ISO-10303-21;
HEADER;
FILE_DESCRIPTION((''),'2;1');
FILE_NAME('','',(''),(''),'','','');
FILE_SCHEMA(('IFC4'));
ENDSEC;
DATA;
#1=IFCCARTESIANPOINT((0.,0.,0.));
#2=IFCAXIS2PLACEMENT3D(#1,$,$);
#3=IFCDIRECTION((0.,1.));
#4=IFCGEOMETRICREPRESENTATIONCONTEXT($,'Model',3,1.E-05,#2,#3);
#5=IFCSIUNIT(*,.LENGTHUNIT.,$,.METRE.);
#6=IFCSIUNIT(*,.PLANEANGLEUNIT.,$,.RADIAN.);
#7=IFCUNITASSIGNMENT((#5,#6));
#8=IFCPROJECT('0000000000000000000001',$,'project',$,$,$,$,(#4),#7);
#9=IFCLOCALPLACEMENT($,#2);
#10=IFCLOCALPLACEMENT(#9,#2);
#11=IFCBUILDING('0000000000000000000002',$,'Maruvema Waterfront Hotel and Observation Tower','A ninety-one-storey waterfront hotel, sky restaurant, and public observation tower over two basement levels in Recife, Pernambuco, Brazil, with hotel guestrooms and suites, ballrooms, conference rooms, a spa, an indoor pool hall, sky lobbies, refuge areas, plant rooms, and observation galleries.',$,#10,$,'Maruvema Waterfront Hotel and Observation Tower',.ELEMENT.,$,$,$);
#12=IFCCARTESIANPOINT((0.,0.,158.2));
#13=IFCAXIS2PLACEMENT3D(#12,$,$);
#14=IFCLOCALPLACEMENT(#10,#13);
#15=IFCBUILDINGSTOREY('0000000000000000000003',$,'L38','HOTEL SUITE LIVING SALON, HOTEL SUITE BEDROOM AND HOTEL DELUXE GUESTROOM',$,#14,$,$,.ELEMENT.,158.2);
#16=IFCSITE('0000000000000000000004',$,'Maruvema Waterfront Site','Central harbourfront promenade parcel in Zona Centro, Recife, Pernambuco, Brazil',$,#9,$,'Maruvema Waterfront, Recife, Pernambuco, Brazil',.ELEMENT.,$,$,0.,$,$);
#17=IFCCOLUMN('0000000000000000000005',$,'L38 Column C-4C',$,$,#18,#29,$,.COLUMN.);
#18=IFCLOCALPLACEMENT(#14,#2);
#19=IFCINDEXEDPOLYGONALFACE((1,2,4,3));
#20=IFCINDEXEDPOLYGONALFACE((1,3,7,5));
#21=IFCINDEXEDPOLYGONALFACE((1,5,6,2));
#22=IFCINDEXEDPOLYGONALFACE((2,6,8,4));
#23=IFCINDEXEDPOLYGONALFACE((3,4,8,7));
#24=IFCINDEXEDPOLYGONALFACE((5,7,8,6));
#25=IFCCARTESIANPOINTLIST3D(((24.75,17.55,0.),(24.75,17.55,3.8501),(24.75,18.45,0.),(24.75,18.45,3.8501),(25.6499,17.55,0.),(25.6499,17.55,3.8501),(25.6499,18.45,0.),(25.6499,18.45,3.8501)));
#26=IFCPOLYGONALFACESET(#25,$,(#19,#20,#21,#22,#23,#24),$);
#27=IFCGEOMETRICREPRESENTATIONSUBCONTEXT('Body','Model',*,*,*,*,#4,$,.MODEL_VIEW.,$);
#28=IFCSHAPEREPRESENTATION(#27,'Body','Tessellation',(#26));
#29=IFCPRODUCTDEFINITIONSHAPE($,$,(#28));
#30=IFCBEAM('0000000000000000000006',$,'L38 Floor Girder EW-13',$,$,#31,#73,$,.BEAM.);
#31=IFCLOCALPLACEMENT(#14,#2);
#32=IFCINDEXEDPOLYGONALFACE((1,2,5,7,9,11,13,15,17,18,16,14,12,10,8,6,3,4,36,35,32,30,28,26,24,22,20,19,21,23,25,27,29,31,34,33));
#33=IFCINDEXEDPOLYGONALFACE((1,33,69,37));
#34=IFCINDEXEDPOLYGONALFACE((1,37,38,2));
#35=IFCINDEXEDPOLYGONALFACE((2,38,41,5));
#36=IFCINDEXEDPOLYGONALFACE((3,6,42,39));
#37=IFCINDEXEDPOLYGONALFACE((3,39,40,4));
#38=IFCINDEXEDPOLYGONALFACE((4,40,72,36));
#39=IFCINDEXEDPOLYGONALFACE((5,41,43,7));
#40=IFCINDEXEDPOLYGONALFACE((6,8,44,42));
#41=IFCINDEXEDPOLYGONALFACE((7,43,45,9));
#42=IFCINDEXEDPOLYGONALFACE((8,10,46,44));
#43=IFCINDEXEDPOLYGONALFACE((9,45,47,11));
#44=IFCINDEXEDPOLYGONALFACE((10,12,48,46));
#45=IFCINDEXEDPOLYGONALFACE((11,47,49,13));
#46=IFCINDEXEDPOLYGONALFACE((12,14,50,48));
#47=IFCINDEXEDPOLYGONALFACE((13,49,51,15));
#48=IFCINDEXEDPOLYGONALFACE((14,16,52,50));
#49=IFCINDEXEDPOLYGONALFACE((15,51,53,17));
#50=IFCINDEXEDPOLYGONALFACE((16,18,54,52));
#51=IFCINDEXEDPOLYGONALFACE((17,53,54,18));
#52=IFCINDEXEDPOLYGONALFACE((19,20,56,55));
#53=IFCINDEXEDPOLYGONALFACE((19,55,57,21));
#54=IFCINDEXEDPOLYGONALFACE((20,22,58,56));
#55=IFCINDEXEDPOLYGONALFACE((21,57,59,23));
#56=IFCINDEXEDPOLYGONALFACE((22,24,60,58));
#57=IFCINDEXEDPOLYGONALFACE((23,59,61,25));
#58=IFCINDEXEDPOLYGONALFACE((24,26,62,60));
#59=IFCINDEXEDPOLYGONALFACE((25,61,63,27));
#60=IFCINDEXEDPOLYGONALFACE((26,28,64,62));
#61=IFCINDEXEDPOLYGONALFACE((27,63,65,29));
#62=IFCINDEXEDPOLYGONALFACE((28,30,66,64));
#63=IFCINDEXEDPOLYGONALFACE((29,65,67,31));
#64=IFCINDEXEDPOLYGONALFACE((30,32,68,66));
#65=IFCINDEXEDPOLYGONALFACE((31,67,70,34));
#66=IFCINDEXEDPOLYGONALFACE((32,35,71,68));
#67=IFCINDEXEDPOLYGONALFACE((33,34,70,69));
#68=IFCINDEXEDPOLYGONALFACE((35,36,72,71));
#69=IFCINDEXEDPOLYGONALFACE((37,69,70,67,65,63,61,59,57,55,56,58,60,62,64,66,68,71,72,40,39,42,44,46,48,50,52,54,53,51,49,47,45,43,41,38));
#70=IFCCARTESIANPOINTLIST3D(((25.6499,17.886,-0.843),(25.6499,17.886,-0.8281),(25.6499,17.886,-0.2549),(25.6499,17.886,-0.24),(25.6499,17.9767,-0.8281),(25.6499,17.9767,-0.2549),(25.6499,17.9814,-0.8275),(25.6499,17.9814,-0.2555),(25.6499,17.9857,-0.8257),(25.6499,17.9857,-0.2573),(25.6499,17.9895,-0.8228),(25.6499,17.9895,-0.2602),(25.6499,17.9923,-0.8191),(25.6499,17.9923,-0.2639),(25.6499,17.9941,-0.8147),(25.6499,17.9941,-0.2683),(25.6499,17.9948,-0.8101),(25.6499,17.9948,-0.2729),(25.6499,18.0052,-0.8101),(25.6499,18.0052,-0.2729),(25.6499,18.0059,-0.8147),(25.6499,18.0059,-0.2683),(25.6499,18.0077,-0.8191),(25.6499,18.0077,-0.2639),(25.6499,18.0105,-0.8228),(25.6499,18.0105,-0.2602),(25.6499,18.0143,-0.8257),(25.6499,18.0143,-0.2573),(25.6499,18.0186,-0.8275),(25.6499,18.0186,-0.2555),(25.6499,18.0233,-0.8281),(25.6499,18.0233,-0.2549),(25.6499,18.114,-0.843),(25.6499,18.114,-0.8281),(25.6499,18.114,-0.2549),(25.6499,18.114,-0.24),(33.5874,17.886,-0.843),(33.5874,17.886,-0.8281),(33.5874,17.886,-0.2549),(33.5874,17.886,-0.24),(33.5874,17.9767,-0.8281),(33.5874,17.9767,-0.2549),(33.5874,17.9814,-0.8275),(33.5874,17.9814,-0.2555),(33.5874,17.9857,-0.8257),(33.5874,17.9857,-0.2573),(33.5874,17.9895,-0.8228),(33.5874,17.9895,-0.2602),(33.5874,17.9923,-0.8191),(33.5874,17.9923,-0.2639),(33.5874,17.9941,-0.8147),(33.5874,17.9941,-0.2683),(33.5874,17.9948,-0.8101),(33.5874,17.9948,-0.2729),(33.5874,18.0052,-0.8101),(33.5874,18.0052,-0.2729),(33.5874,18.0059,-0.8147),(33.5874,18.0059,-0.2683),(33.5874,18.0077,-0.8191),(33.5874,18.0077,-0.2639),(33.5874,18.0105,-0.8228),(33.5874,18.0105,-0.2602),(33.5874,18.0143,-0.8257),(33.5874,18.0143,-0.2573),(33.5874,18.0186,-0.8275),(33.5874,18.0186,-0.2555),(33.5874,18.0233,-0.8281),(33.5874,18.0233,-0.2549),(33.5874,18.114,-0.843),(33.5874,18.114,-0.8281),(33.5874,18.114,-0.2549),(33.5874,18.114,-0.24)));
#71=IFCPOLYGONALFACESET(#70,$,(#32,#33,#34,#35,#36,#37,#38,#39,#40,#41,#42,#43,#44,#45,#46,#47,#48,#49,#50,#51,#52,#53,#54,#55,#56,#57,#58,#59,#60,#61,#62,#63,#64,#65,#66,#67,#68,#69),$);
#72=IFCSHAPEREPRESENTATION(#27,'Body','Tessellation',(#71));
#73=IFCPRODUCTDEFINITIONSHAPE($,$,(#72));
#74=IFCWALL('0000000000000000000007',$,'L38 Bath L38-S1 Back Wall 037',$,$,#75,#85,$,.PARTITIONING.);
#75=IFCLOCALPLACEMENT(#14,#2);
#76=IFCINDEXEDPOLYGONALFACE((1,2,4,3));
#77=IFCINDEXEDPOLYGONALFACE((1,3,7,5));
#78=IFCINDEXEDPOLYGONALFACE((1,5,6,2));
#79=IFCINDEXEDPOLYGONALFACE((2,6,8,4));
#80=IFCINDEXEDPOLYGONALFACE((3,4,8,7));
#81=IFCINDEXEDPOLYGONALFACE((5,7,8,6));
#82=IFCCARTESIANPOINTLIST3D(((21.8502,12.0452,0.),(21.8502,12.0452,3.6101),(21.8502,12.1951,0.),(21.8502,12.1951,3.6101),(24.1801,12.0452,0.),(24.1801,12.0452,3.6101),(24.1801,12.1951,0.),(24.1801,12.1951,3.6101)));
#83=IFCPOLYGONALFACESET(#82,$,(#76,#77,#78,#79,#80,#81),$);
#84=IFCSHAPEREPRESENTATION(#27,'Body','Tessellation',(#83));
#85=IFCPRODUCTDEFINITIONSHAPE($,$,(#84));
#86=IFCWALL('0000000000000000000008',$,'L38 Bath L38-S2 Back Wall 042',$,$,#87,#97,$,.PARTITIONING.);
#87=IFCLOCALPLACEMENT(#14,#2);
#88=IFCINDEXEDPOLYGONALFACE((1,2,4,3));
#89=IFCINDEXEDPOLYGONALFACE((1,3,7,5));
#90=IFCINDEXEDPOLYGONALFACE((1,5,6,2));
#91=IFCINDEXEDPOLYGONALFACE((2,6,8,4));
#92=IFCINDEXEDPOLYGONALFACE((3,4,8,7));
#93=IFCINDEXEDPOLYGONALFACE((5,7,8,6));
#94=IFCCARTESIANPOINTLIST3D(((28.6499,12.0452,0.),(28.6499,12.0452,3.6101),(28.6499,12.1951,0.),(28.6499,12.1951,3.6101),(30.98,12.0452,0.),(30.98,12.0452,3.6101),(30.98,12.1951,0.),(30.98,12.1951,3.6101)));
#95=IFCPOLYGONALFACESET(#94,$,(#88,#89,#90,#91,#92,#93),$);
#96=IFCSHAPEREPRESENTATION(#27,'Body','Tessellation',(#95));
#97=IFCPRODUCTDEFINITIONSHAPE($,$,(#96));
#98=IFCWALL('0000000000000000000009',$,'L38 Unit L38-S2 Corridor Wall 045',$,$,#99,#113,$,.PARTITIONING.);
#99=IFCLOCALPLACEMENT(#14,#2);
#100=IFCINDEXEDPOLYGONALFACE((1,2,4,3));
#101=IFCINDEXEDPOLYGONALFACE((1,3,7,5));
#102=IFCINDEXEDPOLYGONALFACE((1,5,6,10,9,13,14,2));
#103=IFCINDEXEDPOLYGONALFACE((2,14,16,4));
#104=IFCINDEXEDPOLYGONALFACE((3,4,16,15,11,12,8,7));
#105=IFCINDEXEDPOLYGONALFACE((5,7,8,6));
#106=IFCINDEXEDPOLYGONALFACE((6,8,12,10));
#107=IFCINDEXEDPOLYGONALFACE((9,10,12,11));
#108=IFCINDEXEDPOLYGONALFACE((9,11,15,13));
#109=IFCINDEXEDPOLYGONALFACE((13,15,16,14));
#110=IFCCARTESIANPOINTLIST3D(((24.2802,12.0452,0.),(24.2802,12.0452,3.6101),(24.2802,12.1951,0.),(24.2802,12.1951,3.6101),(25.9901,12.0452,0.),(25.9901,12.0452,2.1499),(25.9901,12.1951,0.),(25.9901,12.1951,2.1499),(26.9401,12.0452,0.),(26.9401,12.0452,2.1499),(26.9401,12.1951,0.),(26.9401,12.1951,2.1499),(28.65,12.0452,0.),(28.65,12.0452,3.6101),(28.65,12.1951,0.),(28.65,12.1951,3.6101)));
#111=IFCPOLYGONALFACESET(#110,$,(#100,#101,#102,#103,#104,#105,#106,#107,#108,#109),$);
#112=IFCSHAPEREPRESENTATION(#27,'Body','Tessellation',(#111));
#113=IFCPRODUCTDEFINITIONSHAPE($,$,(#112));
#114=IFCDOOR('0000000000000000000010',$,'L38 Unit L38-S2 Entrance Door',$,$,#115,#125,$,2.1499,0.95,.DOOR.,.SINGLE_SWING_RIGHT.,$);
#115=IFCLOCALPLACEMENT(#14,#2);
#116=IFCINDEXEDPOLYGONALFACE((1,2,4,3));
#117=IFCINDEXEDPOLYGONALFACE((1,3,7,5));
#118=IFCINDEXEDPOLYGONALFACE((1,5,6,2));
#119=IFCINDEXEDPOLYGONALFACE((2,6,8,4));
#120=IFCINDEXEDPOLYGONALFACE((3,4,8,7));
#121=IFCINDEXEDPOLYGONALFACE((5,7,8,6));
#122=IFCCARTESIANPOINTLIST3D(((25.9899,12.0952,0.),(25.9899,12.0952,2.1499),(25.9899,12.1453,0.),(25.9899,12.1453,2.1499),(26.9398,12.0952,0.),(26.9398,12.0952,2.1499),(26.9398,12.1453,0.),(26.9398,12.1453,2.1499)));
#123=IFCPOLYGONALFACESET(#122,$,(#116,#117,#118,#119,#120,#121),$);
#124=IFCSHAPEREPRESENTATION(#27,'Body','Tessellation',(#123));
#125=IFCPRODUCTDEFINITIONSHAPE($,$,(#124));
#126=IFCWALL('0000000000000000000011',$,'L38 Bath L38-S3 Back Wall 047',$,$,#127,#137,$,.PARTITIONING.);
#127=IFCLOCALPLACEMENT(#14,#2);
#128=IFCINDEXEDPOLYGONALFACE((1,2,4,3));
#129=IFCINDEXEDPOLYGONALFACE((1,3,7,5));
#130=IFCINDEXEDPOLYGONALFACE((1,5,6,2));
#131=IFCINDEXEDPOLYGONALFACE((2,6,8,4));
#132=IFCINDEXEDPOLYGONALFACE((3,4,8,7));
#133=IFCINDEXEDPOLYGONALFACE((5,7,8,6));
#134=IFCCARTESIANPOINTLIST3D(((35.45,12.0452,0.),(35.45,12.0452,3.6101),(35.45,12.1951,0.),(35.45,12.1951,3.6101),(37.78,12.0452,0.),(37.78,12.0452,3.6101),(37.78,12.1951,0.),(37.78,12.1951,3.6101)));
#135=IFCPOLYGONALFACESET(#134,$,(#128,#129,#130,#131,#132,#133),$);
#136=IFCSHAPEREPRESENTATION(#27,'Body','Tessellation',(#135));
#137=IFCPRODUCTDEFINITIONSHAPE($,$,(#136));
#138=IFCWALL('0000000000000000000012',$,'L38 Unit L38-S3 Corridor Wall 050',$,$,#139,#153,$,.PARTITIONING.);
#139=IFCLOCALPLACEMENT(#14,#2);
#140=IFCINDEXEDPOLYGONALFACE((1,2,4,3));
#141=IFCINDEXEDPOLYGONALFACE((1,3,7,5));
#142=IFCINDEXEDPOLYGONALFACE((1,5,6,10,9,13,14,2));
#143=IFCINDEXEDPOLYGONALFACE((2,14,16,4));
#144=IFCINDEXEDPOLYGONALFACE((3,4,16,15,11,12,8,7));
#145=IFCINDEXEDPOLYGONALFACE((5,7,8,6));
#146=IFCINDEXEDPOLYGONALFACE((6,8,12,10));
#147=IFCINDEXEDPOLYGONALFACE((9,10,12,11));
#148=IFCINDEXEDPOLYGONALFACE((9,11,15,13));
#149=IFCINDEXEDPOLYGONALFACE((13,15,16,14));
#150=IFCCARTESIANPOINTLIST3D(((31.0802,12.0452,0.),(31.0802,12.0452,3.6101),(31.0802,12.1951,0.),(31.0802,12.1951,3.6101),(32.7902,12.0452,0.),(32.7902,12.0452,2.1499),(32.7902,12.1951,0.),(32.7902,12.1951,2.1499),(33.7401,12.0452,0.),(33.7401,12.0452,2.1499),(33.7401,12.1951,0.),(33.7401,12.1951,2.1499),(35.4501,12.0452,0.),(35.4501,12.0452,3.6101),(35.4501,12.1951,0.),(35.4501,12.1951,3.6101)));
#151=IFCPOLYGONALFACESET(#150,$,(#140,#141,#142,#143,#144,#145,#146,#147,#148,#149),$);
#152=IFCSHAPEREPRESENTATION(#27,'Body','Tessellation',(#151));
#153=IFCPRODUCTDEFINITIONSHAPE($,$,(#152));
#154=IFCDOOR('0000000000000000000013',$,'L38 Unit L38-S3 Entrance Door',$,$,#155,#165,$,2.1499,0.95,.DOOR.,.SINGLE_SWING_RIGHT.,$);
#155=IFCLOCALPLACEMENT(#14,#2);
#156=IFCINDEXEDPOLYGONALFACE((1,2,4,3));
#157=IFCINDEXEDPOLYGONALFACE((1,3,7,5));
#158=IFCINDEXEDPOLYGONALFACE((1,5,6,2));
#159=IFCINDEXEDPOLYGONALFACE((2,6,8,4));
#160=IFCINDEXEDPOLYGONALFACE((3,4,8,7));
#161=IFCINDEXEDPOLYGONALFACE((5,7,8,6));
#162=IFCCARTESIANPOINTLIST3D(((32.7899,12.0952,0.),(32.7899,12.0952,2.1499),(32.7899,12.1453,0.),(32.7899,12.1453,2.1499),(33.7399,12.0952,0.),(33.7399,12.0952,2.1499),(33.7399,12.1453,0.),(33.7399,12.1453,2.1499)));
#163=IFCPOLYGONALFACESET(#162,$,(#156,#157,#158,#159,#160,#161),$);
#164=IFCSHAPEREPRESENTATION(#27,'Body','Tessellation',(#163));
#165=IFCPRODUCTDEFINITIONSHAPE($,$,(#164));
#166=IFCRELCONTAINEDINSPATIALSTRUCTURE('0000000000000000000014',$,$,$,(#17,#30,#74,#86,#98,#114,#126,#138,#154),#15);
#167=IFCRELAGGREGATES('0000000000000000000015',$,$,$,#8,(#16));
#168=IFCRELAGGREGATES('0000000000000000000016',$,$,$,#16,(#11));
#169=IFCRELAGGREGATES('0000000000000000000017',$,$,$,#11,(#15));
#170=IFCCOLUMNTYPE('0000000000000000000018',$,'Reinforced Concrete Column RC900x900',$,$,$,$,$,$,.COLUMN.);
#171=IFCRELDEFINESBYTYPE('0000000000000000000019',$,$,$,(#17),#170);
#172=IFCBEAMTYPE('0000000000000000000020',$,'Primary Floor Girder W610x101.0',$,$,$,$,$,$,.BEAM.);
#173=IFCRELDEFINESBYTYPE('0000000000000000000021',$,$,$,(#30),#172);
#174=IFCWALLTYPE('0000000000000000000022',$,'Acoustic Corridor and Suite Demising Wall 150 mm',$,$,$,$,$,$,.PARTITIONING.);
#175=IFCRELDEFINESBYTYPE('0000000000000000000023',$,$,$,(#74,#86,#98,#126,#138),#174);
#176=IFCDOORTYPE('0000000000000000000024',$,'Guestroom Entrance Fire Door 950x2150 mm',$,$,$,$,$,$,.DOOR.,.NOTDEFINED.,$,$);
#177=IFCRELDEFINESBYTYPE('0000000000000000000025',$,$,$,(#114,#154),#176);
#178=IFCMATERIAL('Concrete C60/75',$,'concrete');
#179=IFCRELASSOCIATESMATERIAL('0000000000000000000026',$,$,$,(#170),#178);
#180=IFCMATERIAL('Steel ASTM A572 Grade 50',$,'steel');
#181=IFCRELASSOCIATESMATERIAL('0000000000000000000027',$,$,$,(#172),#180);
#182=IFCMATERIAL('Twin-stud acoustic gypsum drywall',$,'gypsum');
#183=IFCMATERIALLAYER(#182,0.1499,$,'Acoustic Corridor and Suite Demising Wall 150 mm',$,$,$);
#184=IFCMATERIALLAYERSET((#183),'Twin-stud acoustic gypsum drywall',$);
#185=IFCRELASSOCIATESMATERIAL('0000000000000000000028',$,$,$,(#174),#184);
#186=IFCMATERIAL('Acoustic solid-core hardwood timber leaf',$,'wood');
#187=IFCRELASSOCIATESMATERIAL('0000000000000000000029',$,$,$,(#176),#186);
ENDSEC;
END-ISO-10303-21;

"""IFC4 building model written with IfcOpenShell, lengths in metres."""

from ifc_helpers import new_model, si_unit, direction, frame, frame_2d, origin, origin_2d, place, context, subcontext, project, spatial, rectangle, i_section, extrude, material, layer, layer_set, material_profile, profile_set, type_object, element, fill, save


model = new_model("IFC4")

# Units and contexts
model_context = context("Model", 3, precision=1e-05, world=origin(), true_north=direction((0.0, 1.0)))
body_context = subcontext(model_context, "Body", "Model", "MODEL_VIEW")
ifc_project = project(units=[si_unit("LENGTHUNIT", "METRE"), si_unit("PLANEANGLEUNIT", "RADIAN")], contexts=[model_context])

# Site, building, storey
site_placement = place(None, origin())
site = spatial("IfcSite", under=ifc_project, at=site_placement, Name="Maruvema Waterfront Site", Description="Central harbourfront promenade parcel in Zona Centro, Recife, Pernambuco, Brazil", LongName="Maruvema Waterfront, Recife, Pernambuco, Brazil", CompositionType="ELEMENT", RefElevation=0.0)
building_placement = place(site_placement, origin())
building = spatial("IfcBuilding", under=site, at=building_placement, Name="Maruvema Waterfront Hotel and Observation Tower", Description="A ninety-one-storey waterfront hotel, sky restaurant, and public observation tower over two basement levels in Recife, Pernambuco, Brazil, with hotel guestrooms and suites, ballrooms, conference rooms, a spa, an indoor pool hall, sky lobbies, refuge areas, plant rooms, and observation galleries.", LongName="Maruvema Waterfront Hotel and Observation Tower", CompositionType="ELEMENT")
storey_placement = place(building_placement, frame((0.0, 0.0, 158.2)))
storey = spatial("IfcBuildingStorey", under=building, at=storey_placement, Name="L38", Description="HOTEL SUITE LIVING SALON, HOTEL SUITE BEDROOM AND HOTEL DELUXE GUESTROOM", CompositionType="ELEMENT", Elevation=158.2)

# Column
ifc_material_1 = material(Name="Concrete C60/75", Category="concrete")
ifc_material_profile_1 = material_profile(ifc_material_1, rectangle(XDim=0.8999, YDim=0.8999, at=origin_2d()), Name="RC900x900")
ifc_profile_set_1 = profile_set([ifc_material_profile_1], Name="Concrete C60/75")
column_type = type_object("IfcColumnType", Name="Reinforced Concrete Column RC900x900", PredefinedType="COLUMN", material=ifc_profile_set_1)
column_placement = place(storey_placement, frame((25.2, 18.0, 0.0), z_axis=(0.0, 0.0, 1.0), x_axis=(1.0, 0.0, 0.0)))
element("IfcColumn", 1, at=column_placement, inside=storey, type_object=column_type, Name="L38 Column C-4C", PredefinedType="COLUMN", context=body_context, shape_type="SweptSolid", body=[
    extrude(rectangle(XDim=0.8999, YDim=0.8999, at=origin_2d()), origin(), (0.0, 0.0, 1.0), 3.8501),
])

# Beam
ifc_material_2 = material(Name="Steel ASTM A572 Grade 50", Category="steel")
ifc_material_profile_2 = material_profile(ifc_material_2, i_section(OverallWidth=0.228, OverallDepth=0.603, WebThickness=0.0105, FlangeThickness=0.0149, FilletRadius=0.0181, at=origin_2d()), Name="W610x101.0")
ifc_profile_set_2 = profile_set([ifc_material_profile_2], Name="Steel ASTM A572 Grade 50")
beam_type = type_object("IfcBeamType", Name="Primary Floor Girder W610x101.0", PredefinedType="BEAM", material=ifc_profile_set_2)
beam_placement = place(storey_placement, frame((25.6499, 18.0, -0.5415), z_axis=(1.0, 0.0, 0.0), x_axis=(0.0, 1.0, 0.0)))
element("IfcBeam", 2, at=beam_placement, inside=storey, type_object=beam_type, Name="L38 Floor Girder EW-13", PredefinedType="BEAM", context=body_context, shape_type="SweptSolid", body=[
    extrude(i_section(OverallWidth=0.228, OverallDepth=0.603, WebThickness=0.0105, FlangeThickness=0.0149, FilletRadius=0.0181, at=origin_2d()), origin(), (0.0, 0.0, 1.0), 7.9375),
])

# Walls
ifc_material_3 = material(Name="Twin-stud acoustic gypsum drywall", Category="gypsum")
ifc_layer_1 = layer(ifc_material_3, 0.1499, Name="Acoustic Corridor and Suite Demising Wall 150 mm")
ifc_layer_set_1 = layer_set([ifc_layer_1], Name="Twin-stud acoustic gypsum drywall")
wall_type_1 = type_object("IfcWallType", Name="Acoustic Corridor and Suite Demising Wall 150 mm", PredefinedType="PARTITIONING", material=ifc_layer_set_1)
wall_1_placement = place(storey_placement, frame((21.8501, 12.1201, 0.0), z_axis=(0.0, 0.0, 1.0), x_axis=(1.0, 0.0, 0.0)))
element("IfcWall", 3, at=wall_1_placement, inside=storey, type_object=wall_type_1, Name="L38 Bath L38-S1 Back Wall 037", PredefinedType="PARTITIONING", context=body_context, shape_type="SweptSolid", body=[
    extrude(rectangle(XDim=2.3298, YDim=0.1499, at=frame_2d((1.165, 0.0))), origin(), (0.0, 0.0, 1.0), 3.6101),
])
wall_2_placement = place(storey_placement, frame((28.6499, 12.1201, 0.0), z_axis=(0.0, 0.0, 1.0), x_axis=(1.0, 0.0, 0.0)))
element("IfcWall", 4, at=wall_2_placement, inside=storey, type_object=wall_type_1, Name="L38 Bath L38-S2 Back Wall 042", PredefinedType="PARTITIONING", context=body_context, shape_type="SweptSolid", body=[
    extrude(rectangle(XDim=2.3301, YDim=0.1499, at=frame_2d((1.165, 0.0))), origin(), (0.0, 0.0, 1.0), 3.6101),
])

# Wall, opening, door
wall_3_placement = place(storey_placement, frame((24.28, 12.1201, 0.0), z_axis=(0.0, 0.0, 1.0), x_axis=(1.0, 0.0, 0.0)))
wall_3 = element("IfcWall", 5, at=wall_3_placement, inside=storey, type_object=wall_type_1, Name="L38 Unit L38-S2 Corridor Wall 045", PredefinedType="PARTITIONING", context=body_context, shape_type="SweptSolid", body=[
    extrude(rectangle(XDim=4.3699, YDim=0.1499, at=frame_2d((2.1851, 0.0))), origin(), (0.0, 0.0, 1.0), 3.6101),
])
opening_1_placement = place(wall_3_placement, frame((1.71, 0.0, 0.0)))
opening_1 = element("IfcOpeningElement", 6, at=opening_1_placement, cuts=wall_3, PredefinedType="OPENING", context=body_context, shape_type="SweptSolid", body=[
    extrude(rectangle(XDim=0.95, YDim=2.1499, at=frame_2d((0.4751, 1.075))), frame((0.0, 0.085, 0.0), z_axis=(0.0, -1.0, 0.0), x_axis=(1.0, 0.0, 0.0)), (0.0, 0.0, 1.0), 0.1699),
])
ifc_material_4 = material(Name="Acoustic solid-core hardwood timber leaf", Category="wood")
door_type_1 = type_object("IfcDoorType", Name="Guestroom Entrance Fire Door 950x2150 mm", OperationType="NOTDEFINED", PredefinedType="DOOR", material=ifc_material_4)
door_1_placement = place(opening_1_placement, frame((0.95, 0.0, 0.0), z_axis=(0.0, 0.0, 1.0), x_axis=(-1.0, 0.0, 0.0)))
door_1 = element("IfcDoor", 7, at=door_1_placement, inside=storey, type_object=door_type_1, Name="L38 Unit L38-S2 Entrance Door", OperationType="SINGLE_SWING_RIGHT", OverallHeight=2.1499, OverallWidth=0.95, PredefinedType="DOOR", context=body_context, shape_type="SweptSolid", body=[
    extrude(rectangle(XDim=0.95, YDim=2.1499, at=frame_2d((0.4751, 1.075))), frame((0.0, 0.0249, 0.0), z_axis=(0.0, -1.0, 0.0), x_axis=(1.0, 0.0, 0.0)), (0.0, 0.0, 1.0), 0.05),
])
fill(opening_1, door_1)

# Wall
wall_4_placement = place(storey_placement, frame((35.45, 12.1201, 0.0), z_axis=(0.0, 0.0, 1.0), x_axis=(1.0, 0.0, 0.0)))
element("IfcWall", 8, at=wall_4_placement, inside=storey, type_object=wall_type_1, Name="L38 Bath L38-S3 Back Wall 047", PredefinedType="PARTITIONING", context=body_context, shape_type="SweptSolid", body=[
    extrude(rectangle(XDim=2.3301, YDim=0.1499, at=frame_2d((1.165, 0.0))), origin(), (0.0, 0.0, 1.0), 3.6101),
])

# Wall, opening, door
wall_5_placement = place(storey_placement, frame((31.0801, 12.1201, 0.0), z_axis=(0.0, 0.0, 1.0), x_axis=(1.0, 0.0, 0.0)))
wall_5 = element("IfcWall", 9, at=wall_5_placement, inside=storey, type_object=wall_type_1, Name="L38 Unit L38-S3 Corridor Wall 050", PredefinedType="PARTITIONING", context=body_context, shape_type="SweptSolid", body=[
    extrude(rectangle(XDim=4.3699, YDim=0.1499, at=frame_2d((2.1851, 0.0))), origin(), (0.0, 0.0, 1.0), 3.6101),
])
opening_2_placement = place(wall_5_placement, frame((1.71, 0.0, 0.0)))
opening_2 = element("IfcOpeningElement", 10, at=opening_2_placement, cuts=wall_5, PredefinedType="OPENING", context=body_context, shape_type="SweptSolid", body=[
    extrude(rectangle(XDim=0.95, YDim=2.1499, at=frame_2d((0.4751, 1.075))), frame((0.0, 0.085, 0.0), z_axis=(0.0, -1.0, 0.0), x_axis=(1.0, 0.0, 0.0)), (0.0, 0.0, 1.0), 0.1699),
])
door_2_placement = place(opening_2_placement, frame((0.95, 0.0, 0.0), z_axis=(0.0, 0.0, 1.0), x_axis=(-1.0, 0.0, 0.0)))
door_2 = element("IfcDoor", 11, at=door_2_placement, inside=storey, type_object=door_type_1, Name="L38 Unit L38-S3 Entrance Door", OperationType="SINGLE_SWING_RIGHT", OverallHeight=2.1499, OverallWidth=0.95, PredefinedType="DOOR", context=body_context, shape_type="SweptSolid", body=[
    extrude(rectangle(XDim=0.95, YDim=2.1499, at=frame_2d((0.4751, 1.075))), frame((0.0, 0.0249, 0.0), z_axis=(0.0, -1.0, 0.0), x_axis=(1.0, 0.0, 0.0)), (0.0, 0.0, 1.0), 0.05),
])
fill(opening_2, door_2)

save(model, "model.ifc")
